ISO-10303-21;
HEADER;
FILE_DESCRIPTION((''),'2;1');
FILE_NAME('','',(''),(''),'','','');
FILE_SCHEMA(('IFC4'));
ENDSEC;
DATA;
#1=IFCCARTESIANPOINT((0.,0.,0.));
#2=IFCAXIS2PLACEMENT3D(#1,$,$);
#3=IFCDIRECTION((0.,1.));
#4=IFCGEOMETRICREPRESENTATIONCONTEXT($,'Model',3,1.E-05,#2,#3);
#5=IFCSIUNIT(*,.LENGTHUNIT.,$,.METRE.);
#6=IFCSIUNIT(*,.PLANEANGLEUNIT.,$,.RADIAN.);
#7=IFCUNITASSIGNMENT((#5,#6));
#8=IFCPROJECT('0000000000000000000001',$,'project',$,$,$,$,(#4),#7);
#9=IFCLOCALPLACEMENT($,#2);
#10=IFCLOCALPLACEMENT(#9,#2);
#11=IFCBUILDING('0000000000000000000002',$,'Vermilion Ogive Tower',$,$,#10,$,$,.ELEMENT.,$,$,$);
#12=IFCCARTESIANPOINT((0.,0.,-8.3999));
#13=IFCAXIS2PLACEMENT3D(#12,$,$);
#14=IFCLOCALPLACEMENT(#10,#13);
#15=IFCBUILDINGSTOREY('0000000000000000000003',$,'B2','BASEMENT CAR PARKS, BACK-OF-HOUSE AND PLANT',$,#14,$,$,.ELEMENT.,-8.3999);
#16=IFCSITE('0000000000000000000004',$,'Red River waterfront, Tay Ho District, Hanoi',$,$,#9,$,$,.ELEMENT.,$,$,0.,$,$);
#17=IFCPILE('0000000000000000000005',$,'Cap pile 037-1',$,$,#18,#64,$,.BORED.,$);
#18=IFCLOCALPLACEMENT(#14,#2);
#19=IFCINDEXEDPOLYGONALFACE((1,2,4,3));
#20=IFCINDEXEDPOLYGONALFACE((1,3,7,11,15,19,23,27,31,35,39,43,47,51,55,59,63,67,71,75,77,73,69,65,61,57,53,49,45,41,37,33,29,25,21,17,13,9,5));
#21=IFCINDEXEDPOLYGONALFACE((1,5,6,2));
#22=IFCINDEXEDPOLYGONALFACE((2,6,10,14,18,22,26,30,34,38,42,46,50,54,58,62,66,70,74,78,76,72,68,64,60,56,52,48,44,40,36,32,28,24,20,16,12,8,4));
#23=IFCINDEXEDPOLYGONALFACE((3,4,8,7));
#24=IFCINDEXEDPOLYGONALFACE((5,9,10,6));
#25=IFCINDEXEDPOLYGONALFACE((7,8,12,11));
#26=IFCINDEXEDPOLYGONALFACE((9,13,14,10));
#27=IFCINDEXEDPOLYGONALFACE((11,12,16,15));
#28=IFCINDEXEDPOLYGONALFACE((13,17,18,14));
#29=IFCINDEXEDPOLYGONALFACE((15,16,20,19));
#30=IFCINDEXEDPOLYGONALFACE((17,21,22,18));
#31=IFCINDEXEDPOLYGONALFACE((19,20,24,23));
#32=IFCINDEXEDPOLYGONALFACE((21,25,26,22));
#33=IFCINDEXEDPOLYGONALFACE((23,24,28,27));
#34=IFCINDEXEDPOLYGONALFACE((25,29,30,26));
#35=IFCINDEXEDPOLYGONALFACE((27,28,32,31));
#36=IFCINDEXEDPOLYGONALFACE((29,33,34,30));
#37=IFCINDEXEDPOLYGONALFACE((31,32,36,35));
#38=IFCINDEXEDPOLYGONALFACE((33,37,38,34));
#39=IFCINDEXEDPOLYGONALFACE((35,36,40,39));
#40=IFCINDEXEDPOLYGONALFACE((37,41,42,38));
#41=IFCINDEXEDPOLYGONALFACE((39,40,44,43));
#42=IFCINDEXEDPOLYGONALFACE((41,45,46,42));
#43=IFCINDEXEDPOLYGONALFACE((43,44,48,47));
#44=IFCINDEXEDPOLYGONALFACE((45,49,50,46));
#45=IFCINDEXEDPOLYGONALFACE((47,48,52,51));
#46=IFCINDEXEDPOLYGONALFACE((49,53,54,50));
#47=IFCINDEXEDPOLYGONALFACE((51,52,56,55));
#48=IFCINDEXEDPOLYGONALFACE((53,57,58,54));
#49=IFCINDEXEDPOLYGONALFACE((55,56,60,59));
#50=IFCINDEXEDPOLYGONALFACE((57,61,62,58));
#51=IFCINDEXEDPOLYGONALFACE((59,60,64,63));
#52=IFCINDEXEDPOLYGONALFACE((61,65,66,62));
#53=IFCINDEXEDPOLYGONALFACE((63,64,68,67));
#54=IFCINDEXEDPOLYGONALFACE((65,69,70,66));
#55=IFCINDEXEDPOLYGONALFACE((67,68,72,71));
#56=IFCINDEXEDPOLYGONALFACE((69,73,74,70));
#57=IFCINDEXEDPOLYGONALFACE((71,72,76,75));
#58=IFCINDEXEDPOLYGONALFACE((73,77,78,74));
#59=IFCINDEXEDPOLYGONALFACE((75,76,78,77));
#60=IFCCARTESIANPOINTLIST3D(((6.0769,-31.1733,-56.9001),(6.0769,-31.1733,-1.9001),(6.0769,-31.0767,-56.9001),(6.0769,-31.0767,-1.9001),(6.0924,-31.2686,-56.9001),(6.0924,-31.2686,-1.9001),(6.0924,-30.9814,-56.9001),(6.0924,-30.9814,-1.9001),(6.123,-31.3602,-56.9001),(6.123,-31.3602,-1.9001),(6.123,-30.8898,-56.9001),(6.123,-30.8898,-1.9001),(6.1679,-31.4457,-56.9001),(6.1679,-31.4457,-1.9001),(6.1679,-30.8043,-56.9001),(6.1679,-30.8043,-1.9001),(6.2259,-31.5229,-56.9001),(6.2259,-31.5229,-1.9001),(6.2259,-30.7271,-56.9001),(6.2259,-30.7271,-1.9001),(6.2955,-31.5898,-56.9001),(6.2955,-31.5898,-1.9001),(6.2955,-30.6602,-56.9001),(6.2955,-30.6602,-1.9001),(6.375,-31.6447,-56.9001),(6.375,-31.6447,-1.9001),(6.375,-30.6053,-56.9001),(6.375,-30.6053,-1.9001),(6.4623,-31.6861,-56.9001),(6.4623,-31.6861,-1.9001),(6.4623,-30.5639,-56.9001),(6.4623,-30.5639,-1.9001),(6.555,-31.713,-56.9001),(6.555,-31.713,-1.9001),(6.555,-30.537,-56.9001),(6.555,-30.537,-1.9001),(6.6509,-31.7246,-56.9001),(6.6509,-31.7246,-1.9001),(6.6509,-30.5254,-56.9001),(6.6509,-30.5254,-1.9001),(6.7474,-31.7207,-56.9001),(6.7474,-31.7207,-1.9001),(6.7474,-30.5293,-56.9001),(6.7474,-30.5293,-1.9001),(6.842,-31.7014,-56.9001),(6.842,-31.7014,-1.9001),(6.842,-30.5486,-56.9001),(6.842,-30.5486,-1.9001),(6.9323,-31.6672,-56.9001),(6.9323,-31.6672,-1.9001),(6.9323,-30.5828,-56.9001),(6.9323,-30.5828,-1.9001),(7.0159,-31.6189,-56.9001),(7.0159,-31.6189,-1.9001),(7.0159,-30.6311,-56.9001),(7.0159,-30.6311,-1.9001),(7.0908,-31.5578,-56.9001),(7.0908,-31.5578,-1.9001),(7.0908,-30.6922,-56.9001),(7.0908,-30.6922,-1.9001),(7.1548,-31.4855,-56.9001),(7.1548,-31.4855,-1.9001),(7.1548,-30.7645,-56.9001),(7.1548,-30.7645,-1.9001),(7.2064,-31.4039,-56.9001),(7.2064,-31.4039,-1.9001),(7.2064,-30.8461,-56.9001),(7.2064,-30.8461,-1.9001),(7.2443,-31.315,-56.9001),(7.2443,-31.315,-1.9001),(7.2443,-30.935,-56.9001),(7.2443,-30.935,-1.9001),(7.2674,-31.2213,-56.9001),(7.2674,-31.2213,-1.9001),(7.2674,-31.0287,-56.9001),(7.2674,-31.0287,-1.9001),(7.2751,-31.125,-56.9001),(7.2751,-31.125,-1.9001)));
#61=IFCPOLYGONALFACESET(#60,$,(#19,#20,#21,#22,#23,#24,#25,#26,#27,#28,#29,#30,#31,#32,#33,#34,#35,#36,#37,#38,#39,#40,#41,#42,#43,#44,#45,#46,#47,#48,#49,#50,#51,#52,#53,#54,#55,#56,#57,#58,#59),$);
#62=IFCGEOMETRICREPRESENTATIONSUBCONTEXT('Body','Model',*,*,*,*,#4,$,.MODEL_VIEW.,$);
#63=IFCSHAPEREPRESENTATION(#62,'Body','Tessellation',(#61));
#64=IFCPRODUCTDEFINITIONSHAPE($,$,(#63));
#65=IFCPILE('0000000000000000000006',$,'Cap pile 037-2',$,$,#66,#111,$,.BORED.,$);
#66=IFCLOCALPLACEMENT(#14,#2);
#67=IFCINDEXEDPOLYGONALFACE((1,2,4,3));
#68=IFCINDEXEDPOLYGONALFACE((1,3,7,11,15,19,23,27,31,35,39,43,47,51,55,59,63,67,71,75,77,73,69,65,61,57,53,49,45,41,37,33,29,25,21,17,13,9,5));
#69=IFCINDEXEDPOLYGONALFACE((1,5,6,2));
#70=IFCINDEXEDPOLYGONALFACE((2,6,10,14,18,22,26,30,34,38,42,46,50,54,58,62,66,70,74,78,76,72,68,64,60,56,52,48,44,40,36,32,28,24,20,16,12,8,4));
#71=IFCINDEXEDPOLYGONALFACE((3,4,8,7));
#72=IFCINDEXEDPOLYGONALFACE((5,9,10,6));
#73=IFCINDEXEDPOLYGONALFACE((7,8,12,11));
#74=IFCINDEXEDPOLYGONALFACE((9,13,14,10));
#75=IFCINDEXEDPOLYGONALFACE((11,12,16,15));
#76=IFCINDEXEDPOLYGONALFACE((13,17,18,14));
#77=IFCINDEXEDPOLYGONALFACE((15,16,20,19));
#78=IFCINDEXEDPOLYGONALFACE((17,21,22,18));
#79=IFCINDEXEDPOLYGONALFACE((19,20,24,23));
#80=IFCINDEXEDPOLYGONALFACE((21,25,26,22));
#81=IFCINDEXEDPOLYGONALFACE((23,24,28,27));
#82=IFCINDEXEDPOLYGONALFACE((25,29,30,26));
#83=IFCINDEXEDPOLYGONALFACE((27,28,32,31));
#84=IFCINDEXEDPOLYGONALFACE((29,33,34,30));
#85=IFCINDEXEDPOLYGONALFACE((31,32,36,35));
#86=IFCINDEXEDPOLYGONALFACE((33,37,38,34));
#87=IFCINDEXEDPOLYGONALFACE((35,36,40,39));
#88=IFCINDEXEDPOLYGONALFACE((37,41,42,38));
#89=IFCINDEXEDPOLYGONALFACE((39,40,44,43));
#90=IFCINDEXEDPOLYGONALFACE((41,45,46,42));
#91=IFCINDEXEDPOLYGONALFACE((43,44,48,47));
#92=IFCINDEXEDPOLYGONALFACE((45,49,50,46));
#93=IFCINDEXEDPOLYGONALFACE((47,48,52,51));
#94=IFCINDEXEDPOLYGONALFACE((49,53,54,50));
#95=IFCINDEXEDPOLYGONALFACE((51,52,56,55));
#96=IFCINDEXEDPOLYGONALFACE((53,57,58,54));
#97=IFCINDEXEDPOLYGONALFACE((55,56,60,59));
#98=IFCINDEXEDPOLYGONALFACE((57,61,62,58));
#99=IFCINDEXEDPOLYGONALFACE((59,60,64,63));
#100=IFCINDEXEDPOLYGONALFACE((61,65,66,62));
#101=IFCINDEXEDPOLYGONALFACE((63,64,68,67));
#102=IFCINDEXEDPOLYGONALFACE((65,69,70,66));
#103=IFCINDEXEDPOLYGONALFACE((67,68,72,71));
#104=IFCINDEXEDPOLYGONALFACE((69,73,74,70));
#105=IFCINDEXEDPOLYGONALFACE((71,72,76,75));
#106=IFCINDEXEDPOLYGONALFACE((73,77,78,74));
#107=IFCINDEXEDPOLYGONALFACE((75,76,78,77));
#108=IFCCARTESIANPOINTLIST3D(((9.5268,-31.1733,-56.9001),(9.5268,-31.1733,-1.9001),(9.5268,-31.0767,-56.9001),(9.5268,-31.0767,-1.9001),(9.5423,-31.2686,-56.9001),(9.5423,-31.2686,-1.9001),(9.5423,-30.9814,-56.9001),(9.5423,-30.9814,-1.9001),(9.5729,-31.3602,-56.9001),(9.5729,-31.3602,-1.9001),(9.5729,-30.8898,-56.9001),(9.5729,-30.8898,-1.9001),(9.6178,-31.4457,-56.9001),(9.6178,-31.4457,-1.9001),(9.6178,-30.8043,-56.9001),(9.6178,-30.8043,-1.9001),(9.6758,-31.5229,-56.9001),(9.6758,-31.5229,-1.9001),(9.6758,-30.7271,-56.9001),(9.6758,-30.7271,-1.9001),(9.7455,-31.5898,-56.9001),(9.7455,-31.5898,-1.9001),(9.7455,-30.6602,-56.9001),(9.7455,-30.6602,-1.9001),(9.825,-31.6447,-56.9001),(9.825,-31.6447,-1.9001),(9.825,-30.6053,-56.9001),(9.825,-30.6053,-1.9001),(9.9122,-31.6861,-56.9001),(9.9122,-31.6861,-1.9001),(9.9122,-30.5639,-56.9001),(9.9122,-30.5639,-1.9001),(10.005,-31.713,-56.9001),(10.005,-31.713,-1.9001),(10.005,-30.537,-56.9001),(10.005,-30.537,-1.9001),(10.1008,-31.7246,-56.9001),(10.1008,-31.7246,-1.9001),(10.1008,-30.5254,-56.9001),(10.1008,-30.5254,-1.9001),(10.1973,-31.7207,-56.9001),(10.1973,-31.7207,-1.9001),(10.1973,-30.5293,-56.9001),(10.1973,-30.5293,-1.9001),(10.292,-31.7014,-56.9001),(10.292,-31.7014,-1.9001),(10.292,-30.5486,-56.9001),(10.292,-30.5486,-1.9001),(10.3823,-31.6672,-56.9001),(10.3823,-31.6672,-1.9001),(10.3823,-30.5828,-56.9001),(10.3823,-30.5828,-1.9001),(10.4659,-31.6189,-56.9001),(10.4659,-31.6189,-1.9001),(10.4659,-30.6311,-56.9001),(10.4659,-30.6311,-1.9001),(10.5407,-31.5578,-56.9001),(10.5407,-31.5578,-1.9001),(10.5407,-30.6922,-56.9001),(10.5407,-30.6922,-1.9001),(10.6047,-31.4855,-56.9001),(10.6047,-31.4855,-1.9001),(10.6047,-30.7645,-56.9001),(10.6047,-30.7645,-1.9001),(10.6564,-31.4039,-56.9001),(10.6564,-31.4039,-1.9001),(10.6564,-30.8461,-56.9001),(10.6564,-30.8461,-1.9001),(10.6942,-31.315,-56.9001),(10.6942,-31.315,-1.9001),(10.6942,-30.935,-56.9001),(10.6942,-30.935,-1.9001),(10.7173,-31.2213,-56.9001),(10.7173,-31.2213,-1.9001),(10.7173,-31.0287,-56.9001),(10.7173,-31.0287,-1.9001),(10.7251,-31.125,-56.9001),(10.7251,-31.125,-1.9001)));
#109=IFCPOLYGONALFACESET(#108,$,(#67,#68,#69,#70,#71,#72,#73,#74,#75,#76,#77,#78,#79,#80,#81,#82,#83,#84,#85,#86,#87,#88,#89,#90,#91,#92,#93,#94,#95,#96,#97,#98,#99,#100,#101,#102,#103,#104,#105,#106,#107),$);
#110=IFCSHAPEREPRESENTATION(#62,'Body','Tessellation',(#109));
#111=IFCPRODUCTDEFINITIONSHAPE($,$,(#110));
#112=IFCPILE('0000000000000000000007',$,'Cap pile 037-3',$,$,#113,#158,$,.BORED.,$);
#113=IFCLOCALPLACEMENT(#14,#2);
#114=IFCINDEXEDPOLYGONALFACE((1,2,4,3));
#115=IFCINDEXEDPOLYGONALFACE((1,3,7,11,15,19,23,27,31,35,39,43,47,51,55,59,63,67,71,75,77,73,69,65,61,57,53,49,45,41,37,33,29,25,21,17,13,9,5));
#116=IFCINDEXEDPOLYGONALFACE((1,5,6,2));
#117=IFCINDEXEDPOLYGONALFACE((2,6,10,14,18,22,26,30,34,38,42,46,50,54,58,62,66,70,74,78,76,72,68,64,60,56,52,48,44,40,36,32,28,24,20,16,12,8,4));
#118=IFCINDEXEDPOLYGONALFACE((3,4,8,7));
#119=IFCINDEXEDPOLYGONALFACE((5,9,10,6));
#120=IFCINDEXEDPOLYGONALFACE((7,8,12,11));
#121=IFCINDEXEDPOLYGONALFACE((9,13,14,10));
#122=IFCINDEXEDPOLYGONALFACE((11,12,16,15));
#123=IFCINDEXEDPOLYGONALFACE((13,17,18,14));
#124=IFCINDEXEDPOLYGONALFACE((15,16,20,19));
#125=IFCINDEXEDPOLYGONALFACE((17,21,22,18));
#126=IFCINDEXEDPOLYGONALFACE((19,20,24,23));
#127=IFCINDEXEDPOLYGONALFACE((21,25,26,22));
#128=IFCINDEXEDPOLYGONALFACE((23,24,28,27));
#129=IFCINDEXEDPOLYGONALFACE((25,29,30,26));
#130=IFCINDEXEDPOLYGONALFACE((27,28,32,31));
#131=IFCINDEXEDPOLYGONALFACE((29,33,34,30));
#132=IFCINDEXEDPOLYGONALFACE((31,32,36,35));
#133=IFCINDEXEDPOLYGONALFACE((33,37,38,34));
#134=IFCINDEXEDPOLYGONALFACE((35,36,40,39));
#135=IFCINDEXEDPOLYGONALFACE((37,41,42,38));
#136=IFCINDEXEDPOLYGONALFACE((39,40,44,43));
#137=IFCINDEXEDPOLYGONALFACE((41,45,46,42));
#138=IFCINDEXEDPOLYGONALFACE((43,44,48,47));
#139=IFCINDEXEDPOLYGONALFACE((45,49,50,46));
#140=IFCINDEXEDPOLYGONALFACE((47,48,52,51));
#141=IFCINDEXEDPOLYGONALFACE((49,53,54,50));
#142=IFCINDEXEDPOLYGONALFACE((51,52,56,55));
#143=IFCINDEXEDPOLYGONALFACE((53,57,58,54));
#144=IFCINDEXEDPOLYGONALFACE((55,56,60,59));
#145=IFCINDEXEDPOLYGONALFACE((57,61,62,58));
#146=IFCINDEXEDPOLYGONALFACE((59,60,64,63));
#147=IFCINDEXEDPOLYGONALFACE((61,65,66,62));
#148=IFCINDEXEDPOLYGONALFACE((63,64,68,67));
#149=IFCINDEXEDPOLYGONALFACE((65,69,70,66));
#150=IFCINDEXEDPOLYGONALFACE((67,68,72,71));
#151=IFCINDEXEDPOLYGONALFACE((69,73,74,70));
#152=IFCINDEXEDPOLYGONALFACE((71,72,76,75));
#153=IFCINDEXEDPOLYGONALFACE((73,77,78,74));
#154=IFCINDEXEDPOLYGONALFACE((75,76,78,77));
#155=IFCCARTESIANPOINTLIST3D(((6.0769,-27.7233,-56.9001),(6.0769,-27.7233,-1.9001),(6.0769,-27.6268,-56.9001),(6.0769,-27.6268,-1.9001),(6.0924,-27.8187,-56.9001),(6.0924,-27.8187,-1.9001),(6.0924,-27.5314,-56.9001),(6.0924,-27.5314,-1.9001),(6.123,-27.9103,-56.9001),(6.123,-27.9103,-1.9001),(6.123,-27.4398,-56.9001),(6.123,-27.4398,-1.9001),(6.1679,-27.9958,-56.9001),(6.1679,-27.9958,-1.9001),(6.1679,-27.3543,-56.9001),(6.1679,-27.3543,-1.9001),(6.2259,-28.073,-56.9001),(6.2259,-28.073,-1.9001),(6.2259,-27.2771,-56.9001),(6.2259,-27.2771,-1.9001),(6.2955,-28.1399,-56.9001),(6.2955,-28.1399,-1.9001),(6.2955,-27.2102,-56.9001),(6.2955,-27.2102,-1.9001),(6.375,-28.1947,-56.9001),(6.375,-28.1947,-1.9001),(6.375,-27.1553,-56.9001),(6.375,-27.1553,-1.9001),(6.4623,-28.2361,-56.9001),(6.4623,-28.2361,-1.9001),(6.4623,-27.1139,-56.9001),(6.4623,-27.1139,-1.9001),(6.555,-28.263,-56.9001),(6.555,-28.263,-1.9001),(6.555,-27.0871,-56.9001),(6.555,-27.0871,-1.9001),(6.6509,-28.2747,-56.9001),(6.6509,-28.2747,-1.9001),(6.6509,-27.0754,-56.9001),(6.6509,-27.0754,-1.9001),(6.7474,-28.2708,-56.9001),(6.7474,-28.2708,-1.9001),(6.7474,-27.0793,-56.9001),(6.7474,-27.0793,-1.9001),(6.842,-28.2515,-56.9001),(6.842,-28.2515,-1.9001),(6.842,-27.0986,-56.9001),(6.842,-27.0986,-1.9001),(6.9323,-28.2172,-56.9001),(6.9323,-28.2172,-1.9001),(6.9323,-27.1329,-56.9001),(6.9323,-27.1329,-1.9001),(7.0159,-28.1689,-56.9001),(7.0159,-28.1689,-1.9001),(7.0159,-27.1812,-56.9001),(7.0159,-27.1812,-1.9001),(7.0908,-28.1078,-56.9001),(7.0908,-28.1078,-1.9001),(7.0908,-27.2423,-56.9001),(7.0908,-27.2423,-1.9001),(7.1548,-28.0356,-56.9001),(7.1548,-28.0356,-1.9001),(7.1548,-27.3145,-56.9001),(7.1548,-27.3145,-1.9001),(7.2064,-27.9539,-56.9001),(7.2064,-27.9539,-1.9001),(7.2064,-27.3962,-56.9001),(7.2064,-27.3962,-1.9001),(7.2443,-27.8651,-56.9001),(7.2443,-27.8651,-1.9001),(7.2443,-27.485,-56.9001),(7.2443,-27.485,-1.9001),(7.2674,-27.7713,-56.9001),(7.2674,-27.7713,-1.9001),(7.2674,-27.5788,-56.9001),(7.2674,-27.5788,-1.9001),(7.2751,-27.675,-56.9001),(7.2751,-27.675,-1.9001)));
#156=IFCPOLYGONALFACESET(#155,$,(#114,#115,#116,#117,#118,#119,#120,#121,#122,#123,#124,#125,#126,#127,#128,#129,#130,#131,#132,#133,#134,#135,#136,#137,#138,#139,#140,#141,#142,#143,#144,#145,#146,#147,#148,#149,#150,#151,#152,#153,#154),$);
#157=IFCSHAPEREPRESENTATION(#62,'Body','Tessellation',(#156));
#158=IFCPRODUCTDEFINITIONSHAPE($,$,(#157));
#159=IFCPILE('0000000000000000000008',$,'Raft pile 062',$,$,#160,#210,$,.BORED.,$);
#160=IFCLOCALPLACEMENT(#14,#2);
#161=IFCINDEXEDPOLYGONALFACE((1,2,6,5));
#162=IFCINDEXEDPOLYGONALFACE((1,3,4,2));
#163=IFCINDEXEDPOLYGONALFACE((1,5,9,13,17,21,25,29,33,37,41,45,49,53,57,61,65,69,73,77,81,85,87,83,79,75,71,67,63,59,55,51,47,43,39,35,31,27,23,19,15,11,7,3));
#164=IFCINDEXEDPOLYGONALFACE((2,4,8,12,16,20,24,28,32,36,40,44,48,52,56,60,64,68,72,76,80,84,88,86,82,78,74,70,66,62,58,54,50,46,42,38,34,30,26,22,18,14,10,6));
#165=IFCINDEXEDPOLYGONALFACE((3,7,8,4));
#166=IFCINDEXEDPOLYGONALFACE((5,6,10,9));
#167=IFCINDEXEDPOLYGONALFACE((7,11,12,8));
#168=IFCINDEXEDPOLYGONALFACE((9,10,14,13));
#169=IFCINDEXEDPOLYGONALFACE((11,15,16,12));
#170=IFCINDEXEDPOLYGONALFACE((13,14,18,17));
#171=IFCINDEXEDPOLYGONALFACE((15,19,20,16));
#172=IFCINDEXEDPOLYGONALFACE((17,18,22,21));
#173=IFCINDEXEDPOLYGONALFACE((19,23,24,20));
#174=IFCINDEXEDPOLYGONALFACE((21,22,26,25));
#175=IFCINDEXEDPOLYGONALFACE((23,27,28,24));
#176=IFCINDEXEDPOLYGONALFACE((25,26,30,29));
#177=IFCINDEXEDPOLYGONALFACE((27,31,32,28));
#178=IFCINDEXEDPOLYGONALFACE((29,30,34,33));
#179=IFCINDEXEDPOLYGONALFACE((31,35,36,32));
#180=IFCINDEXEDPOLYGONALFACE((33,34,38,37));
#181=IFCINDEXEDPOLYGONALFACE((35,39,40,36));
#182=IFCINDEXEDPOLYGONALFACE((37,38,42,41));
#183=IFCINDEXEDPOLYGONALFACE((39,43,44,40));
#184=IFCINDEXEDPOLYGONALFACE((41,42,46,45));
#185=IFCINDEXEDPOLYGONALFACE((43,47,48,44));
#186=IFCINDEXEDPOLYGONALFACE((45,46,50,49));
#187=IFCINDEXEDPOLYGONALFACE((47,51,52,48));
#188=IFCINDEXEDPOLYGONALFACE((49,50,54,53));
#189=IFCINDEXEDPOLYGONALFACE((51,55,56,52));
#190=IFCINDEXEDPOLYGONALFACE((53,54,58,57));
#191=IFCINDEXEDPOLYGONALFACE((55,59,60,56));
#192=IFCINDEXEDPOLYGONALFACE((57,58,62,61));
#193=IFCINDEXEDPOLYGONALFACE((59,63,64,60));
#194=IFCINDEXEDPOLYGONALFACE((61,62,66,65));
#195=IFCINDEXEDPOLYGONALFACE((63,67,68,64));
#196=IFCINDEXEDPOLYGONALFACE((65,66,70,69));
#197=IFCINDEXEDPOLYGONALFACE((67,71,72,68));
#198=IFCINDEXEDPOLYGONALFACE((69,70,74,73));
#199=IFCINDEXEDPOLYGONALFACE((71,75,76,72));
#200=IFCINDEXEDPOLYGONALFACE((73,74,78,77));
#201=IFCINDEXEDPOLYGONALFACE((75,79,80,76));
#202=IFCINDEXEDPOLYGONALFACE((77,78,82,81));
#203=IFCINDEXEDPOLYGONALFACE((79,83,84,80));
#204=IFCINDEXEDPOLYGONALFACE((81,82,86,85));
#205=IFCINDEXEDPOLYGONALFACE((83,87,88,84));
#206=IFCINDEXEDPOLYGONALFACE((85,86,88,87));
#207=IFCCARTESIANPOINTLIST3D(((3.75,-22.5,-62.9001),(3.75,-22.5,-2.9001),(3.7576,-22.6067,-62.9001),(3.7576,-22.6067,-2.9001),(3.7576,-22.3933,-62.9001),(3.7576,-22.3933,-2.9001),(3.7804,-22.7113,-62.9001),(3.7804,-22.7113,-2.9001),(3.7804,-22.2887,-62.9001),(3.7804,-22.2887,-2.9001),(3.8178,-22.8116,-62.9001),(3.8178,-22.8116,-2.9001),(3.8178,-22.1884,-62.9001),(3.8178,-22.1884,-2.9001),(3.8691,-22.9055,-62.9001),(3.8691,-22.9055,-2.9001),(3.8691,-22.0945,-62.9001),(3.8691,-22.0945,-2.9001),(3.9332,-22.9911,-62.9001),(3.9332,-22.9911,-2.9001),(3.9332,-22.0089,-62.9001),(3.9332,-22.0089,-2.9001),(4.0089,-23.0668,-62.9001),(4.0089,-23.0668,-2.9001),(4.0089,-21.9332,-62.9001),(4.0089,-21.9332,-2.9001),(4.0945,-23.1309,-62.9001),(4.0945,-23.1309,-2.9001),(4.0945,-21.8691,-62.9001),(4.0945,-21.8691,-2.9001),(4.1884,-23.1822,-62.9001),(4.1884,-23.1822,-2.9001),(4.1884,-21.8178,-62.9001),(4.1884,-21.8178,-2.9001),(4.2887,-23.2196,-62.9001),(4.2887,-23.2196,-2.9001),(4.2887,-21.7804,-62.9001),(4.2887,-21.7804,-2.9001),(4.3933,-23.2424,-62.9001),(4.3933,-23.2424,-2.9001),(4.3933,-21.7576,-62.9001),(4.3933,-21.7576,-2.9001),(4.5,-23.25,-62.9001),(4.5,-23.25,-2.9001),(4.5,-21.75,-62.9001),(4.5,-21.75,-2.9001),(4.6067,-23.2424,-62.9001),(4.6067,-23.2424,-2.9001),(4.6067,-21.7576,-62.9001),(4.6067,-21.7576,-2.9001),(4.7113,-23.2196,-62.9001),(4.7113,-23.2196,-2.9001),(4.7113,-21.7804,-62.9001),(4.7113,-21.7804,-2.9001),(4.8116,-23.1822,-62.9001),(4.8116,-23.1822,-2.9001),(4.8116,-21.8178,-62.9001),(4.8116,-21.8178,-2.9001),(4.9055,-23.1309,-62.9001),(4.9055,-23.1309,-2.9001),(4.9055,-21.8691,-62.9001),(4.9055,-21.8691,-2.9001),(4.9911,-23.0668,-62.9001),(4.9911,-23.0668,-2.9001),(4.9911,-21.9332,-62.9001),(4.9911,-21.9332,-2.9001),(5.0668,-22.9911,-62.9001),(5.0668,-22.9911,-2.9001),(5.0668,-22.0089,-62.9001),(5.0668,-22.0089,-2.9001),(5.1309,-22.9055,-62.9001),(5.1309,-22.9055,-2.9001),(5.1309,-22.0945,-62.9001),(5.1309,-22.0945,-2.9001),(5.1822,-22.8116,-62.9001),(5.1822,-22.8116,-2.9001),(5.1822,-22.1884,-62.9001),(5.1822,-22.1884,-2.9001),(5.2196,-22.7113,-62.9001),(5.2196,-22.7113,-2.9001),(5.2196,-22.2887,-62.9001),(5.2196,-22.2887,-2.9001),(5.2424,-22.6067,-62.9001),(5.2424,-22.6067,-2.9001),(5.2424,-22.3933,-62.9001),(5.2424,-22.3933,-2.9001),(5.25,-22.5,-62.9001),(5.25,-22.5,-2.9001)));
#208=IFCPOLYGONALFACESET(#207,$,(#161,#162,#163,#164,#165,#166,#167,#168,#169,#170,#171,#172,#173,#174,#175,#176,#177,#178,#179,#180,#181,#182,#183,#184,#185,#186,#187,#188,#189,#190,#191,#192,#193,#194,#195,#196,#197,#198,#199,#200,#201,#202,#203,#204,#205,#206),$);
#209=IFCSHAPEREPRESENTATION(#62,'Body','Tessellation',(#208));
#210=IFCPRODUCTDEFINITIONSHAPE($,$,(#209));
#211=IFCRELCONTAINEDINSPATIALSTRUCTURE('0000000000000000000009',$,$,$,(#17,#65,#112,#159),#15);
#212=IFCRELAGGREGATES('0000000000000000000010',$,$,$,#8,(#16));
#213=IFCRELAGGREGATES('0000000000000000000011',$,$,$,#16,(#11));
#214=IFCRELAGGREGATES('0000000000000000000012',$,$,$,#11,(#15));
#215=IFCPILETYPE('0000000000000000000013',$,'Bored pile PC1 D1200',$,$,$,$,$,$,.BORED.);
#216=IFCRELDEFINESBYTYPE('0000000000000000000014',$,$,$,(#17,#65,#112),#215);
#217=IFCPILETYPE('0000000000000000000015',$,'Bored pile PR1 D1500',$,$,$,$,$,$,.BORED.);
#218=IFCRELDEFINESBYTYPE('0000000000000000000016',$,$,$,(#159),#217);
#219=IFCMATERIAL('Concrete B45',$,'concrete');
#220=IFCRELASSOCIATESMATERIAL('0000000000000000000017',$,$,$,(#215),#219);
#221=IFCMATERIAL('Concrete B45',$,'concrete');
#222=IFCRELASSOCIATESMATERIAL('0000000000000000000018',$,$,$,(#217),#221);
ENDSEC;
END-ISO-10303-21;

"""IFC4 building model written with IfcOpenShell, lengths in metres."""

from ifc_helpers import new_model, si_unit, direction, frame, origin, origin_2d, place, context, subcontext, project, spatial, circle, extrude, material, type_object, element, save


model = new_model("IFC4")

# Units and contexts
model_context = context("Model", 3, precision=1e-05, world=origin(), true_north=direction((0.0, 1.0)))
body_context = subcontext(model_context, "Body", "Model", "MODEL_VIEW")
ifc_project = project(units=[si_unit("LENGTHUNIT", "METRE"), si_unit("PLANEANGLEUNIT", "RADIAN")], contexts=[model_context])

# Site, building, storey
site_placement = place(None, origin())
site = spatial("IfcSite", under=ifc_project, at=site_placement, Name="Red River waterfront, Tay Ho District, Hanoi", CompositionType="ELEMENT", RefElevation=0.0)
building_placement = place(site_placement, origin())
building = spatial("IfcBuilding", under=site, at=building_placement, Name="Vermilion Ogive Tower", CompositionType="ELEMENT")
storey_placement = place(building_placement, frame((0.0, 0.0, -8.3999)))
storey = spatial("IfcBuildingStorey", under=building, at=storey_placement, Name="B2", Description="BASEMENT CAR PARKS, BACK-OF-HOUSE AND PLANT", CompositionType="ELEMENT", Elevation=-8.3999)

# Piles
ifc_material_1 = material(Name="Concrete B45", Category="concrete")
pile_type_1 = type_object("IfcPileType", Name="Bored pile PC1 D1200", PredefinedType="BORED", material=ifc_material_1)
for number, where, z_axis, x_axis, name in (
    (1, (6.675, -31.125, -1.9001), (0.0, 0.0, -1.0), (1.0, 0.0, 0.0), "Cap pile 037-1"),
    (2, (10.125, -31.125, -1.9001), (0.0, 0.0, -1.0), (1.0, 0.0, 0.0), "Cap pile 037-2"),
    (3, (6.675, -27.675, -1.9001), (0.0, 0.0, -1.0), (1.0, 0.0, 0.0), "Cap pile 037-3"),
):
    element("IfcPile", number, at=place(storey_placement, frame(where, z_axis=z_axis, x_axis=x_axis)), inside=storey, type_object=pile_type_1, Name=name, PredefinedType="BORED", context=body_context, shape_type="SweptSolid", body=[
        extrude(circle(Radius=0.6001, at=origin_2d()), origin(), (0.0, 0.0, 1.0), 55.0),
    ])
ifc_material_2 = material(Name="Concrete B45", Category="concrete")
pile_type_2 = type_object("IfcPileType", Name="Bored pile PR1 D1500", PredefinedType="BORED", material=ifc_material_2)
for number, where, z_axis, x_axis, name in (
    (4, (4.5, -22.5, -2.9001), (0.0, 0.0, -1.0), (1.0, 0.0, 0.0), "Raft pile 062"),
):
    element("IfcPile", number, at=place(storey_placement, frame(where, z_axis=z_axis, x_axis=x_axis)), inside=storey, type_object=pile_type_2, Name=name, PredefinedType="BORED", context=body_context, shape_type="SweptSolid", body=[
        extrude(circle(Radius=0.75, at=origin_2d()), origin(), (0.0, 0.0, 1.0), 60.0),
    ])

save(model, "model.ifc")
